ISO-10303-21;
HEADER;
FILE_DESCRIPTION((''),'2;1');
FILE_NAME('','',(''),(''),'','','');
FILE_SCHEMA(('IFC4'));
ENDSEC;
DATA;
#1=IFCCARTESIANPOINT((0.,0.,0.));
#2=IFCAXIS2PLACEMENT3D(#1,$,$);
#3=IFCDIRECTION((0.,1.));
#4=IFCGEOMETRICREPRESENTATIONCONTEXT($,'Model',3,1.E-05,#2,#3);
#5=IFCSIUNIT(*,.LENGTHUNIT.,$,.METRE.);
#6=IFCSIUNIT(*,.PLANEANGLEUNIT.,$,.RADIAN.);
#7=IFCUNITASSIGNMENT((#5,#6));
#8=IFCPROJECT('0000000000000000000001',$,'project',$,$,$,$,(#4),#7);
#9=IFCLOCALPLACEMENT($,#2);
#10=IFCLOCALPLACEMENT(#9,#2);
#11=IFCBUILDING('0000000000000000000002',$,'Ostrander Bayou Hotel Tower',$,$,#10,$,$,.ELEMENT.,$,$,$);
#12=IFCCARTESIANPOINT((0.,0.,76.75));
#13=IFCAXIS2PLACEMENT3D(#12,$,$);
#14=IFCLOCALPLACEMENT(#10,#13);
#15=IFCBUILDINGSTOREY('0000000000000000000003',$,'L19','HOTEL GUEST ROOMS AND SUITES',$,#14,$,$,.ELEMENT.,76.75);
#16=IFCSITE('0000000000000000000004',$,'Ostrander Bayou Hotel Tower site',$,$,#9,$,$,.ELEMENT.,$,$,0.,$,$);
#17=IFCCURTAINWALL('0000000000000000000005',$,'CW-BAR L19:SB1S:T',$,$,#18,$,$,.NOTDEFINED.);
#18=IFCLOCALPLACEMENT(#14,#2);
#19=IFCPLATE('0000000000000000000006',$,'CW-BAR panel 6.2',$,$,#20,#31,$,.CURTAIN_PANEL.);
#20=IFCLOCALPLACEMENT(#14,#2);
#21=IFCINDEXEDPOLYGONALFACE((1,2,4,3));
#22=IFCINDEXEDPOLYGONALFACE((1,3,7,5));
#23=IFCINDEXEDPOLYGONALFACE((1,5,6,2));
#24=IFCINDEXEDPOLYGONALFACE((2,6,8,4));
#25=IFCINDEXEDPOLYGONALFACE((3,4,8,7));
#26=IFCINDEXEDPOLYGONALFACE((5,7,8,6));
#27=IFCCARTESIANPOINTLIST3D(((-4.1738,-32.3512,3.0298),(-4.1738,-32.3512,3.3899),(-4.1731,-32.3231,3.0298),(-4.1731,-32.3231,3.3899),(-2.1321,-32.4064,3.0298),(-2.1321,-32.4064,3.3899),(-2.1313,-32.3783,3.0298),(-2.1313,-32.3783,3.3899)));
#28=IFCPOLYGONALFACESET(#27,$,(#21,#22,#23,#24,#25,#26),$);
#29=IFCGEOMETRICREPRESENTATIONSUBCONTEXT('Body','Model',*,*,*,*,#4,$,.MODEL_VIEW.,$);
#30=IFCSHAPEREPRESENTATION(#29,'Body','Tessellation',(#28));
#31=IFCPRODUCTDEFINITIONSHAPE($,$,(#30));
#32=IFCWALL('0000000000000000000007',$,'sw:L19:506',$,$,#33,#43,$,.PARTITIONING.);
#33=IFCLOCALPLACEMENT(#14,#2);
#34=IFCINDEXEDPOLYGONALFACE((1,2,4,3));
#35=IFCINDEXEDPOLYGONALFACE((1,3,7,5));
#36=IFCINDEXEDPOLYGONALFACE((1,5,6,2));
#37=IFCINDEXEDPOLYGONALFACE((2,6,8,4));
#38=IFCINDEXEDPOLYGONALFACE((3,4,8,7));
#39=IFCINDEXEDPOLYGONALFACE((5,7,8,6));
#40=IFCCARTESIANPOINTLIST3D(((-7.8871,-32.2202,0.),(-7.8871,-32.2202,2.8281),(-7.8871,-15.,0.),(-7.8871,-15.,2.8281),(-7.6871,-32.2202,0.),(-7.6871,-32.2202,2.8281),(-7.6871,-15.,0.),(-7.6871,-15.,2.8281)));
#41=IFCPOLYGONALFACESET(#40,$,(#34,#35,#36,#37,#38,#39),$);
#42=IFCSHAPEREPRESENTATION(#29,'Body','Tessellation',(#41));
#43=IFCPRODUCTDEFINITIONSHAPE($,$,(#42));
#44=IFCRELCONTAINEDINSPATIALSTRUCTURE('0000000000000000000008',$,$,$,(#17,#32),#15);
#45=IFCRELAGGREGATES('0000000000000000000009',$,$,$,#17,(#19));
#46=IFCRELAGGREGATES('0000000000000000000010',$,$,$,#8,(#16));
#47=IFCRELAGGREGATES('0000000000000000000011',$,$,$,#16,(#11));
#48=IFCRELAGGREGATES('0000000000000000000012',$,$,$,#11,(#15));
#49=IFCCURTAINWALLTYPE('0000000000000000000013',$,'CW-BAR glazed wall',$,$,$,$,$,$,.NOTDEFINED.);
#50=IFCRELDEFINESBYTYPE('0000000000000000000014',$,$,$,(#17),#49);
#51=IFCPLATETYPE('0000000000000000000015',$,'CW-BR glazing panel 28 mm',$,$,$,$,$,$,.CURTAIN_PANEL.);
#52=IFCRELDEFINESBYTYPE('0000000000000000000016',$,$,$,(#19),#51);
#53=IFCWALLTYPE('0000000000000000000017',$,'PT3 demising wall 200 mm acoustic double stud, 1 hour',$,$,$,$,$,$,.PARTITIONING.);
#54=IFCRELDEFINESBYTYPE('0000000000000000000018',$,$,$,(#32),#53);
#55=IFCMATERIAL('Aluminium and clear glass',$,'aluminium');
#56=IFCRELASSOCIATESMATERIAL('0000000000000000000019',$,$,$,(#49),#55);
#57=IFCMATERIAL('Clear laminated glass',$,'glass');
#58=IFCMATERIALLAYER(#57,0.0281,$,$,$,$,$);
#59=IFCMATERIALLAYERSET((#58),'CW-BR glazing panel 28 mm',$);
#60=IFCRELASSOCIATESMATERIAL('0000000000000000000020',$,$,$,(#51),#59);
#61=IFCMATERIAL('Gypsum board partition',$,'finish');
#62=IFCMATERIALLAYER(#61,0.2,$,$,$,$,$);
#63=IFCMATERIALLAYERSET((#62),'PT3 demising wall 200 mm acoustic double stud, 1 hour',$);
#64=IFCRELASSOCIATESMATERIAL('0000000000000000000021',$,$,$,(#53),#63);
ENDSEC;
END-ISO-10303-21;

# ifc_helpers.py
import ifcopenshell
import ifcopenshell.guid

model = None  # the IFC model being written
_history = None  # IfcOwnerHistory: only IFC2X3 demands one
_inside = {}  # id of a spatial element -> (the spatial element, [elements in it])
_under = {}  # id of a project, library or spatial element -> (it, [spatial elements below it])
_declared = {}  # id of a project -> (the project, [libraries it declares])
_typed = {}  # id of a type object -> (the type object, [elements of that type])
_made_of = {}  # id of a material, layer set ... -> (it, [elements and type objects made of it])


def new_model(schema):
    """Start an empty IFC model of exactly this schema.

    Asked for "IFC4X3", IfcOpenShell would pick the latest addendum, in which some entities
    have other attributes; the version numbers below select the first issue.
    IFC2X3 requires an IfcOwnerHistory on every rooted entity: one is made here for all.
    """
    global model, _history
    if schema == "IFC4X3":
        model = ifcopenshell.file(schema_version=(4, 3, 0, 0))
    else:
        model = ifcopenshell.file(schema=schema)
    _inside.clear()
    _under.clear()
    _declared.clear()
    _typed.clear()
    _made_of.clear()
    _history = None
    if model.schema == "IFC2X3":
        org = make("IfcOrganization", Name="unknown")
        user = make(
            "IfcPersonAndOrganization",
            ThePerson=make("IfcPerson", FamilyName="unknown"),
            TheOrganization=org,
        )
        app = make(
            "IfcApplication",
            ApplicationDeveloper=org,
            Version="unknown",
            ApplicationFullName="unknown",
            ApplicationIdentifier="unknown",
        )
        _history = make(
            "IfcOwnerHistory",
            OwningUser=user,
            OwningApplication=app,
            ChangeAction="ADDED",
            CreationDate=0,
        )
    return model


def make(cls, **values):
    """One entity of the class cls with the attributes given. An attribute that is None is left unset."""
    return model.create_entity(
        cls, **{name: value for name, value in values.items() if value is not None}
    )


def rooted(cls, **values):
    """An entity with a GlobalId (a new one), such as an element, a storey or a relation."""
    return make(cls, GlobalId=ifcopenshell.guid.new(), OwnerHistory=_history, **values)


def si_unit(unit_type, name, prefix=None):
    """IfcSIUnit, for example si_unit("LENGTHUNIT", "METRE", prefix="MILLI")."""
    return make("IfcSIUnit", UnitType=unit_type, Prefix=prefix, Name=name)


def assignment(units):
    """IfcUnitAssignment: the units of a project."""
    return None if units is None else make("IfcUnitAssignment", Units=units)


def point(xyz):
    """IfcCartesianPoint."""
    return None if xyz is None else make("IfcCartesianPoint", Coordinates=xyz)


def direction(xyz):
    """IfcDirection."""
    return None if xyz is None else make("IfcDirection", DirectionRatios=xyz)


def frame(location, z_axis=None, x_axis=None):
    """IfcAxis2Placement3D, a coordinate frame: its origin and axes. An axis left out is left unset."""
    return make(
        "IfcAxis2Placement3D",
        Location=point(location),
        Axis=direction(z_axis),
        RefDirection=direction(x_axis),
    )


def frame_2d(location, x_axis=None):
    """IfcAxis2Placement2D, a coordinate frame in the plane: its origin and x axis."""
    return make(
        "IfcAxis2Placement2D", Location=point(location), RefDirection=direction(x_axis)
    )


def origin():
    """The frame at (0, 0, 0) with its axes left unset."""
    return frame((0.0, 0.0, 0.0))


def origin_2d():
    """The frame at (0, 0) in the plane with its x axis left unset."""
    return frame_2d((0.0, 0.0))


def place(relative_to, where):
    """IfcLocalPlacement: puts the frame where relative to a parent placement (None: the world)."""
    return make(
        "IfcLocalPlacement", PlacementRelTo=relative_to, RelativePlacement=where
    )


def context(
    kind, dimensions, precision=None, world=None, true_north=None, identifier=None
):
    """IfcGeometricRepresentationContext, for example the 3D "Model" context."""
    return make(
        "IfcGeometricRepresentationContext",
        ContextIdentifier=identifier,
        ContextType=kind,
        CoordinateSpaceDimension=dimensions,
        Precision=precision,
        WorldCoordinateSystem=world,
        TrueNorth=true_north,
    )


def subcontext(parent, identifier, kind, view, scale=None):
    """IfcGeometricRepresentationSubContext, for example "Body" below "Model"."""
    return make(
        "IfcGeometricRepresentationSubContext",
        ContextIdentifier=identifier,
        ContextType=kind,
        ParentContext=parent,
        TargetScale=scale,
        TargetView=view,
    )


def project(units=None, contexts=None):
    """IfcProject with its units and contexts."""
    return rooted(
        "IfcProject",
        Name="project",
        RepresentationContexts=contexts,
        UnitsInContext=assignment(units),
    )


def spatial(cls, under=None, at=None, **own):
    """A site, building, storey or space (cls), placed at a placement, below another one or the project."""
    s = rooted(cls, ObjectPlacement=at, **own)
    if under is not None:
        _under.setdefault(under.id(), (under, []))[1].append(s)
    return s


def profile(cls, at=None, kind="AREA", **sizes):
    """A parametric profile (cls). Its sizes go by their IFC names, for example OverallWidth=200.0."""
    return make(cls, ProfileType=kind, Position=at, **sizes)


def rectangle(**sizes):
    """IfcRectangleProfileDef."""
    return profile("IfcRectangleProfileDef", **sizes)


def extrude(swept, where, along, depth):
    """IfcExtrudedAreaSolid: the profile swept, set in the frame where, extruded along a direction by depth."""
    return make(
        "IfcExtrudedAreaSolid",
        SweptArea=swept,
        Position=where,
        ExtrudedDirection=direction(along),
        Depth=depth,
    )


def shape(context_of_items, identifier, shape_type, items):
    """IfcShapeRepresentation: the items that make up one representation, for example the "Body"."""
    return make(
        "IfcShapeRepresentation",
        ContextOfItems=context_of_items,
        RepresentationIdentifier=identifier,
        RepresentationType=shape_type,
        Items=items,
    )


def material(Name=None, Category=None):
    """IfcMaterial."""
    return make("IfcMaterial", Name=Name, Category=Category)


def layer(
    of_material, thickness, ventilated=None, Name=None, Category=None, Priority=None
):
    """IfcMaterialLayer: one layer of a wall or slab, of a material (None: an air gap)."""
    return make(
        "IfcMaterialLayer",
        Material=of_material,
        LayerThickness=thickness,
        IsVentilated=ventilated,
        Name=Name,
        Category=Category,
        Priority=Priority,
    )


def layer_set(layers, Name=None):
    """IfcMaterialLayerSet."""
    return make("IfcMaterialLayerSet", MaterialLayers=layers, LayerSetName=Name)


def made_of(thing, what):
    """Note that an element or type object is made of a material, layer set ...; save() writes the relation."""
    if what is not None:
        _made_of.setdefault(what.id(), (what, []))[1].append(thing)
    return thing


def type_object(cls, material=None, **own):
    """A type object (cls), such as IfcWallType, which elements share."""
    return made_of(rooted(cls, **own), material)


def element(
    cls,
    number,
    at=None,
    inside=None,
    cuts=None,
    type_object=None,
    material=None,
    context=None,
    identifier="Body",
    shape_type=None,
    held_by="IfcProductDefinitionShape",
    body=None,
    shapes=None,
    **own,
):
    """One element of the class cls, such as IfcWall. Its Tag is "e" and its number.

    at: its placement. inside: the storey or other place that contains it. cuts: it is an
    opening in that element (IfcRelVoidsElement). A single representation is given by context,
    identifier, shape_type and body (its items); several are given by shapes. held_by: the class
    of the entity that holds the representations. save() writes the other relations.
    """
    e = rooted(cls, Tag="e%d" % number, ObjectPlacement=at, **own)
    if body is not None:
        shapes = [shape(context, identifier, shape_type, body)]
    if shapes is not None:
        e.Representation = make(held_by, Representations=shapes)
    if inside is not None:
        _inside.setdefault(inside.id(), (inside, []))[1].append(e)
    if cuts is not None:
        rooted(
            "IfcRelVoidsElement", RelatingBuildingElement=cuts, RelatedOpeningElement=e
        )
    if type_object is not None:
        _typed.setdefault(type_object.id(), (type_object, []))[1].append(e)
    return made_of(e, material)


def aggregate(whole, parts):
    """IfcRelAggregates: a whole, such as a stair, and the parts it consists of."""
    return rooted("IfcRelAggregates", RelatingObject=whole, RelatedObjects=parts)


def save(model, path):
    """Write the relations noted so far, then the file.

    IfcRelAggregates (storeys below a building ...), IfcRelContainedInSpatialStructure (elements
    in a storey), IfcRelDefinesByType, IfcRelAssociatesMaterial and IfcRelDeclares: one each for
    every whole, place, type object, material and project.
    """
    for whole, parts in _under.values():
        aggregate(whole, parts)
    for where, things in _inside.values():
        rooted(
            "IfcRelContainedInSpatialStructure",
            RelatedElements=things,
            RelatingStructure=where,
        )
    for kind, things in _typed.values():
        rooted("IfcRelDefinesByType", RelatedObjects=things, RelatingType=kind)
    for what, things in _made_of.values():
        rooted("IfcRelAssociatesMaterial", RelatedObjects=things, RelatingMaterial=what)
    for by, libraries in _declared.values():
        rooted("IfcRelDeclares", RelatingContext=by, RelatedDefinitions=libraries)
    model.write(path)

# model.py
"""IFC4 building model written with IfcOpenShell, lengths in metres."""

from ifc_helpers import new_model, si_unit, direction, frame, frame_2d, origin, origin_2d, place, context, subcontext, project, spatial, rectangle, extrude, material, layer, layer_set, type_object, element, aggregate, save


model = new_model("IFC4")

# Units and contexts
model_context = context("Model", 3, precision=1e-05, world=origin(), true_north=direction((0.0, 1.0)))
body_context = subcontext(model_context, "Body", "Model", "MODEL_VIEW")
ifc_project = project(units=[si_unit("LENGTHUNIT", "METRE"), si_unit("PLANEANGLEUNIT", "RADIAN")], contexts=[model_context])

# Site, building, storey
site_placement = place(None, origin())
site = spatial("IfcSite", under=ifc_project, at=site_placement, Name="Ostrander Bayou Hotel Tower site", CompositionType="ELEMENT", RefElevation=0.0)
building_placement = place(site_placement, origin())
building = spatial("IfcBuilding", under=site, at=building_placement, Name="Ostrander Bayou Hotel Tower", CompositionType="ELEMENT")
storey_placement = place(building_placement, frame((0.0, 0.0, 76.75)))
storey = spatial("IfcBuildingStorey", under=building, at=storey_placement, Name="L19", Description="HOTEL GUEST ROOMS AND SUITES", CompositionType="ELEMENT", Elevation=76.75)

# Curtain wall, plate
ifc_material_1 = material(Name="Aluminium and clear glass", Category="aluminium")
curtain_wall_type = type_object("IfcCurtainWallType", Name="CW-BAR glazed wall", PredefinedType="NOTDEFINED", material=ifc_material_1)
curtain_wall_placement = place(storey_placement, origin())
curtain_wall = element("IfcCurtainWall", 1, at=curtain_wall_placement, inside=storey, type_object=curtain_wall_type, Name="CW-BAR L19:SB1S:T", PredefinedType="NOTDEFINED")
ifc_material_2 = material(Name="Clear laminated glass", Category="glass")
ifc_layer_1 = layer(ifc_material_2, 0.0281)
ifc_layer_set_1 = layer_set([ifc_layer_1], Name="CW-BR glazing panel 28 mm")
plate_type = type_object("IfcPlateType", Name="CW-BR glazing panel 28 mm", PredefinedType="CURTAIN_PANEL", material=ifc_layer_set_1)
plate_1_placement = place(storey_placement, frame((-3.1526, -32.3647, 3.0298), z_axis=(0.0, 0.0, 1.0), x_axis=(0.999634, -0.027042, 0.0)))
plate_1 = element("IfcPlate", 2, at=plate_1_placement, type_object=plate_type, Name="CW-BAR panel 6.2", PredefinedType="CURTAIN_PANEL", context=body_context, shape_type="SweptSolid", body=[
    extrude(rectangle(XDim=2.0425, YDim=0.0281, at=origin_2d()), origin(), (0.0, 0.0, 1.0), 0.3601),
])
aggregate(curtain_wall, [plate_1])

# Wall
ifc_material_3 = material(Name="Gypsum board partition", Category="finish")
ifc_layer_2 = layer(ifc_material_3, 0.2)
ifc_layer_set_2 = layer_set([ifc_layer_2], Name="PT3 demising wall 200 mm acoustic double stud, 1 hour")
wall_type = type_object("IfcWallType", Name="PT3 demising wall 200 mm acoustic double stud, 1 hour", PredefinedType="PARTITIONING", material=ifc_layer_set_2)
wall_placement = place(storey_placement, frame((-7.7871, -32.2202, 0.0), z_axis=(0.0, 0.0, 1.0), x_axis=(0.0, 1.0, 0.0)))
element("IfcWall", 3, at=wall_placement, inside=storey, type_object=wall_type, Name="sw:L19:506", PredefinedType="PARTITIONING", context=body_context, shape_type="SweptSolid", body=[
    extrude(rectangle(XDim=17.2202, YDim=0.2, at=frame_2d((8.6101, 0.0))), origin(), (0.0, 0.0, 1.0), 2.8281),
])

save(model, "model.ifc")
